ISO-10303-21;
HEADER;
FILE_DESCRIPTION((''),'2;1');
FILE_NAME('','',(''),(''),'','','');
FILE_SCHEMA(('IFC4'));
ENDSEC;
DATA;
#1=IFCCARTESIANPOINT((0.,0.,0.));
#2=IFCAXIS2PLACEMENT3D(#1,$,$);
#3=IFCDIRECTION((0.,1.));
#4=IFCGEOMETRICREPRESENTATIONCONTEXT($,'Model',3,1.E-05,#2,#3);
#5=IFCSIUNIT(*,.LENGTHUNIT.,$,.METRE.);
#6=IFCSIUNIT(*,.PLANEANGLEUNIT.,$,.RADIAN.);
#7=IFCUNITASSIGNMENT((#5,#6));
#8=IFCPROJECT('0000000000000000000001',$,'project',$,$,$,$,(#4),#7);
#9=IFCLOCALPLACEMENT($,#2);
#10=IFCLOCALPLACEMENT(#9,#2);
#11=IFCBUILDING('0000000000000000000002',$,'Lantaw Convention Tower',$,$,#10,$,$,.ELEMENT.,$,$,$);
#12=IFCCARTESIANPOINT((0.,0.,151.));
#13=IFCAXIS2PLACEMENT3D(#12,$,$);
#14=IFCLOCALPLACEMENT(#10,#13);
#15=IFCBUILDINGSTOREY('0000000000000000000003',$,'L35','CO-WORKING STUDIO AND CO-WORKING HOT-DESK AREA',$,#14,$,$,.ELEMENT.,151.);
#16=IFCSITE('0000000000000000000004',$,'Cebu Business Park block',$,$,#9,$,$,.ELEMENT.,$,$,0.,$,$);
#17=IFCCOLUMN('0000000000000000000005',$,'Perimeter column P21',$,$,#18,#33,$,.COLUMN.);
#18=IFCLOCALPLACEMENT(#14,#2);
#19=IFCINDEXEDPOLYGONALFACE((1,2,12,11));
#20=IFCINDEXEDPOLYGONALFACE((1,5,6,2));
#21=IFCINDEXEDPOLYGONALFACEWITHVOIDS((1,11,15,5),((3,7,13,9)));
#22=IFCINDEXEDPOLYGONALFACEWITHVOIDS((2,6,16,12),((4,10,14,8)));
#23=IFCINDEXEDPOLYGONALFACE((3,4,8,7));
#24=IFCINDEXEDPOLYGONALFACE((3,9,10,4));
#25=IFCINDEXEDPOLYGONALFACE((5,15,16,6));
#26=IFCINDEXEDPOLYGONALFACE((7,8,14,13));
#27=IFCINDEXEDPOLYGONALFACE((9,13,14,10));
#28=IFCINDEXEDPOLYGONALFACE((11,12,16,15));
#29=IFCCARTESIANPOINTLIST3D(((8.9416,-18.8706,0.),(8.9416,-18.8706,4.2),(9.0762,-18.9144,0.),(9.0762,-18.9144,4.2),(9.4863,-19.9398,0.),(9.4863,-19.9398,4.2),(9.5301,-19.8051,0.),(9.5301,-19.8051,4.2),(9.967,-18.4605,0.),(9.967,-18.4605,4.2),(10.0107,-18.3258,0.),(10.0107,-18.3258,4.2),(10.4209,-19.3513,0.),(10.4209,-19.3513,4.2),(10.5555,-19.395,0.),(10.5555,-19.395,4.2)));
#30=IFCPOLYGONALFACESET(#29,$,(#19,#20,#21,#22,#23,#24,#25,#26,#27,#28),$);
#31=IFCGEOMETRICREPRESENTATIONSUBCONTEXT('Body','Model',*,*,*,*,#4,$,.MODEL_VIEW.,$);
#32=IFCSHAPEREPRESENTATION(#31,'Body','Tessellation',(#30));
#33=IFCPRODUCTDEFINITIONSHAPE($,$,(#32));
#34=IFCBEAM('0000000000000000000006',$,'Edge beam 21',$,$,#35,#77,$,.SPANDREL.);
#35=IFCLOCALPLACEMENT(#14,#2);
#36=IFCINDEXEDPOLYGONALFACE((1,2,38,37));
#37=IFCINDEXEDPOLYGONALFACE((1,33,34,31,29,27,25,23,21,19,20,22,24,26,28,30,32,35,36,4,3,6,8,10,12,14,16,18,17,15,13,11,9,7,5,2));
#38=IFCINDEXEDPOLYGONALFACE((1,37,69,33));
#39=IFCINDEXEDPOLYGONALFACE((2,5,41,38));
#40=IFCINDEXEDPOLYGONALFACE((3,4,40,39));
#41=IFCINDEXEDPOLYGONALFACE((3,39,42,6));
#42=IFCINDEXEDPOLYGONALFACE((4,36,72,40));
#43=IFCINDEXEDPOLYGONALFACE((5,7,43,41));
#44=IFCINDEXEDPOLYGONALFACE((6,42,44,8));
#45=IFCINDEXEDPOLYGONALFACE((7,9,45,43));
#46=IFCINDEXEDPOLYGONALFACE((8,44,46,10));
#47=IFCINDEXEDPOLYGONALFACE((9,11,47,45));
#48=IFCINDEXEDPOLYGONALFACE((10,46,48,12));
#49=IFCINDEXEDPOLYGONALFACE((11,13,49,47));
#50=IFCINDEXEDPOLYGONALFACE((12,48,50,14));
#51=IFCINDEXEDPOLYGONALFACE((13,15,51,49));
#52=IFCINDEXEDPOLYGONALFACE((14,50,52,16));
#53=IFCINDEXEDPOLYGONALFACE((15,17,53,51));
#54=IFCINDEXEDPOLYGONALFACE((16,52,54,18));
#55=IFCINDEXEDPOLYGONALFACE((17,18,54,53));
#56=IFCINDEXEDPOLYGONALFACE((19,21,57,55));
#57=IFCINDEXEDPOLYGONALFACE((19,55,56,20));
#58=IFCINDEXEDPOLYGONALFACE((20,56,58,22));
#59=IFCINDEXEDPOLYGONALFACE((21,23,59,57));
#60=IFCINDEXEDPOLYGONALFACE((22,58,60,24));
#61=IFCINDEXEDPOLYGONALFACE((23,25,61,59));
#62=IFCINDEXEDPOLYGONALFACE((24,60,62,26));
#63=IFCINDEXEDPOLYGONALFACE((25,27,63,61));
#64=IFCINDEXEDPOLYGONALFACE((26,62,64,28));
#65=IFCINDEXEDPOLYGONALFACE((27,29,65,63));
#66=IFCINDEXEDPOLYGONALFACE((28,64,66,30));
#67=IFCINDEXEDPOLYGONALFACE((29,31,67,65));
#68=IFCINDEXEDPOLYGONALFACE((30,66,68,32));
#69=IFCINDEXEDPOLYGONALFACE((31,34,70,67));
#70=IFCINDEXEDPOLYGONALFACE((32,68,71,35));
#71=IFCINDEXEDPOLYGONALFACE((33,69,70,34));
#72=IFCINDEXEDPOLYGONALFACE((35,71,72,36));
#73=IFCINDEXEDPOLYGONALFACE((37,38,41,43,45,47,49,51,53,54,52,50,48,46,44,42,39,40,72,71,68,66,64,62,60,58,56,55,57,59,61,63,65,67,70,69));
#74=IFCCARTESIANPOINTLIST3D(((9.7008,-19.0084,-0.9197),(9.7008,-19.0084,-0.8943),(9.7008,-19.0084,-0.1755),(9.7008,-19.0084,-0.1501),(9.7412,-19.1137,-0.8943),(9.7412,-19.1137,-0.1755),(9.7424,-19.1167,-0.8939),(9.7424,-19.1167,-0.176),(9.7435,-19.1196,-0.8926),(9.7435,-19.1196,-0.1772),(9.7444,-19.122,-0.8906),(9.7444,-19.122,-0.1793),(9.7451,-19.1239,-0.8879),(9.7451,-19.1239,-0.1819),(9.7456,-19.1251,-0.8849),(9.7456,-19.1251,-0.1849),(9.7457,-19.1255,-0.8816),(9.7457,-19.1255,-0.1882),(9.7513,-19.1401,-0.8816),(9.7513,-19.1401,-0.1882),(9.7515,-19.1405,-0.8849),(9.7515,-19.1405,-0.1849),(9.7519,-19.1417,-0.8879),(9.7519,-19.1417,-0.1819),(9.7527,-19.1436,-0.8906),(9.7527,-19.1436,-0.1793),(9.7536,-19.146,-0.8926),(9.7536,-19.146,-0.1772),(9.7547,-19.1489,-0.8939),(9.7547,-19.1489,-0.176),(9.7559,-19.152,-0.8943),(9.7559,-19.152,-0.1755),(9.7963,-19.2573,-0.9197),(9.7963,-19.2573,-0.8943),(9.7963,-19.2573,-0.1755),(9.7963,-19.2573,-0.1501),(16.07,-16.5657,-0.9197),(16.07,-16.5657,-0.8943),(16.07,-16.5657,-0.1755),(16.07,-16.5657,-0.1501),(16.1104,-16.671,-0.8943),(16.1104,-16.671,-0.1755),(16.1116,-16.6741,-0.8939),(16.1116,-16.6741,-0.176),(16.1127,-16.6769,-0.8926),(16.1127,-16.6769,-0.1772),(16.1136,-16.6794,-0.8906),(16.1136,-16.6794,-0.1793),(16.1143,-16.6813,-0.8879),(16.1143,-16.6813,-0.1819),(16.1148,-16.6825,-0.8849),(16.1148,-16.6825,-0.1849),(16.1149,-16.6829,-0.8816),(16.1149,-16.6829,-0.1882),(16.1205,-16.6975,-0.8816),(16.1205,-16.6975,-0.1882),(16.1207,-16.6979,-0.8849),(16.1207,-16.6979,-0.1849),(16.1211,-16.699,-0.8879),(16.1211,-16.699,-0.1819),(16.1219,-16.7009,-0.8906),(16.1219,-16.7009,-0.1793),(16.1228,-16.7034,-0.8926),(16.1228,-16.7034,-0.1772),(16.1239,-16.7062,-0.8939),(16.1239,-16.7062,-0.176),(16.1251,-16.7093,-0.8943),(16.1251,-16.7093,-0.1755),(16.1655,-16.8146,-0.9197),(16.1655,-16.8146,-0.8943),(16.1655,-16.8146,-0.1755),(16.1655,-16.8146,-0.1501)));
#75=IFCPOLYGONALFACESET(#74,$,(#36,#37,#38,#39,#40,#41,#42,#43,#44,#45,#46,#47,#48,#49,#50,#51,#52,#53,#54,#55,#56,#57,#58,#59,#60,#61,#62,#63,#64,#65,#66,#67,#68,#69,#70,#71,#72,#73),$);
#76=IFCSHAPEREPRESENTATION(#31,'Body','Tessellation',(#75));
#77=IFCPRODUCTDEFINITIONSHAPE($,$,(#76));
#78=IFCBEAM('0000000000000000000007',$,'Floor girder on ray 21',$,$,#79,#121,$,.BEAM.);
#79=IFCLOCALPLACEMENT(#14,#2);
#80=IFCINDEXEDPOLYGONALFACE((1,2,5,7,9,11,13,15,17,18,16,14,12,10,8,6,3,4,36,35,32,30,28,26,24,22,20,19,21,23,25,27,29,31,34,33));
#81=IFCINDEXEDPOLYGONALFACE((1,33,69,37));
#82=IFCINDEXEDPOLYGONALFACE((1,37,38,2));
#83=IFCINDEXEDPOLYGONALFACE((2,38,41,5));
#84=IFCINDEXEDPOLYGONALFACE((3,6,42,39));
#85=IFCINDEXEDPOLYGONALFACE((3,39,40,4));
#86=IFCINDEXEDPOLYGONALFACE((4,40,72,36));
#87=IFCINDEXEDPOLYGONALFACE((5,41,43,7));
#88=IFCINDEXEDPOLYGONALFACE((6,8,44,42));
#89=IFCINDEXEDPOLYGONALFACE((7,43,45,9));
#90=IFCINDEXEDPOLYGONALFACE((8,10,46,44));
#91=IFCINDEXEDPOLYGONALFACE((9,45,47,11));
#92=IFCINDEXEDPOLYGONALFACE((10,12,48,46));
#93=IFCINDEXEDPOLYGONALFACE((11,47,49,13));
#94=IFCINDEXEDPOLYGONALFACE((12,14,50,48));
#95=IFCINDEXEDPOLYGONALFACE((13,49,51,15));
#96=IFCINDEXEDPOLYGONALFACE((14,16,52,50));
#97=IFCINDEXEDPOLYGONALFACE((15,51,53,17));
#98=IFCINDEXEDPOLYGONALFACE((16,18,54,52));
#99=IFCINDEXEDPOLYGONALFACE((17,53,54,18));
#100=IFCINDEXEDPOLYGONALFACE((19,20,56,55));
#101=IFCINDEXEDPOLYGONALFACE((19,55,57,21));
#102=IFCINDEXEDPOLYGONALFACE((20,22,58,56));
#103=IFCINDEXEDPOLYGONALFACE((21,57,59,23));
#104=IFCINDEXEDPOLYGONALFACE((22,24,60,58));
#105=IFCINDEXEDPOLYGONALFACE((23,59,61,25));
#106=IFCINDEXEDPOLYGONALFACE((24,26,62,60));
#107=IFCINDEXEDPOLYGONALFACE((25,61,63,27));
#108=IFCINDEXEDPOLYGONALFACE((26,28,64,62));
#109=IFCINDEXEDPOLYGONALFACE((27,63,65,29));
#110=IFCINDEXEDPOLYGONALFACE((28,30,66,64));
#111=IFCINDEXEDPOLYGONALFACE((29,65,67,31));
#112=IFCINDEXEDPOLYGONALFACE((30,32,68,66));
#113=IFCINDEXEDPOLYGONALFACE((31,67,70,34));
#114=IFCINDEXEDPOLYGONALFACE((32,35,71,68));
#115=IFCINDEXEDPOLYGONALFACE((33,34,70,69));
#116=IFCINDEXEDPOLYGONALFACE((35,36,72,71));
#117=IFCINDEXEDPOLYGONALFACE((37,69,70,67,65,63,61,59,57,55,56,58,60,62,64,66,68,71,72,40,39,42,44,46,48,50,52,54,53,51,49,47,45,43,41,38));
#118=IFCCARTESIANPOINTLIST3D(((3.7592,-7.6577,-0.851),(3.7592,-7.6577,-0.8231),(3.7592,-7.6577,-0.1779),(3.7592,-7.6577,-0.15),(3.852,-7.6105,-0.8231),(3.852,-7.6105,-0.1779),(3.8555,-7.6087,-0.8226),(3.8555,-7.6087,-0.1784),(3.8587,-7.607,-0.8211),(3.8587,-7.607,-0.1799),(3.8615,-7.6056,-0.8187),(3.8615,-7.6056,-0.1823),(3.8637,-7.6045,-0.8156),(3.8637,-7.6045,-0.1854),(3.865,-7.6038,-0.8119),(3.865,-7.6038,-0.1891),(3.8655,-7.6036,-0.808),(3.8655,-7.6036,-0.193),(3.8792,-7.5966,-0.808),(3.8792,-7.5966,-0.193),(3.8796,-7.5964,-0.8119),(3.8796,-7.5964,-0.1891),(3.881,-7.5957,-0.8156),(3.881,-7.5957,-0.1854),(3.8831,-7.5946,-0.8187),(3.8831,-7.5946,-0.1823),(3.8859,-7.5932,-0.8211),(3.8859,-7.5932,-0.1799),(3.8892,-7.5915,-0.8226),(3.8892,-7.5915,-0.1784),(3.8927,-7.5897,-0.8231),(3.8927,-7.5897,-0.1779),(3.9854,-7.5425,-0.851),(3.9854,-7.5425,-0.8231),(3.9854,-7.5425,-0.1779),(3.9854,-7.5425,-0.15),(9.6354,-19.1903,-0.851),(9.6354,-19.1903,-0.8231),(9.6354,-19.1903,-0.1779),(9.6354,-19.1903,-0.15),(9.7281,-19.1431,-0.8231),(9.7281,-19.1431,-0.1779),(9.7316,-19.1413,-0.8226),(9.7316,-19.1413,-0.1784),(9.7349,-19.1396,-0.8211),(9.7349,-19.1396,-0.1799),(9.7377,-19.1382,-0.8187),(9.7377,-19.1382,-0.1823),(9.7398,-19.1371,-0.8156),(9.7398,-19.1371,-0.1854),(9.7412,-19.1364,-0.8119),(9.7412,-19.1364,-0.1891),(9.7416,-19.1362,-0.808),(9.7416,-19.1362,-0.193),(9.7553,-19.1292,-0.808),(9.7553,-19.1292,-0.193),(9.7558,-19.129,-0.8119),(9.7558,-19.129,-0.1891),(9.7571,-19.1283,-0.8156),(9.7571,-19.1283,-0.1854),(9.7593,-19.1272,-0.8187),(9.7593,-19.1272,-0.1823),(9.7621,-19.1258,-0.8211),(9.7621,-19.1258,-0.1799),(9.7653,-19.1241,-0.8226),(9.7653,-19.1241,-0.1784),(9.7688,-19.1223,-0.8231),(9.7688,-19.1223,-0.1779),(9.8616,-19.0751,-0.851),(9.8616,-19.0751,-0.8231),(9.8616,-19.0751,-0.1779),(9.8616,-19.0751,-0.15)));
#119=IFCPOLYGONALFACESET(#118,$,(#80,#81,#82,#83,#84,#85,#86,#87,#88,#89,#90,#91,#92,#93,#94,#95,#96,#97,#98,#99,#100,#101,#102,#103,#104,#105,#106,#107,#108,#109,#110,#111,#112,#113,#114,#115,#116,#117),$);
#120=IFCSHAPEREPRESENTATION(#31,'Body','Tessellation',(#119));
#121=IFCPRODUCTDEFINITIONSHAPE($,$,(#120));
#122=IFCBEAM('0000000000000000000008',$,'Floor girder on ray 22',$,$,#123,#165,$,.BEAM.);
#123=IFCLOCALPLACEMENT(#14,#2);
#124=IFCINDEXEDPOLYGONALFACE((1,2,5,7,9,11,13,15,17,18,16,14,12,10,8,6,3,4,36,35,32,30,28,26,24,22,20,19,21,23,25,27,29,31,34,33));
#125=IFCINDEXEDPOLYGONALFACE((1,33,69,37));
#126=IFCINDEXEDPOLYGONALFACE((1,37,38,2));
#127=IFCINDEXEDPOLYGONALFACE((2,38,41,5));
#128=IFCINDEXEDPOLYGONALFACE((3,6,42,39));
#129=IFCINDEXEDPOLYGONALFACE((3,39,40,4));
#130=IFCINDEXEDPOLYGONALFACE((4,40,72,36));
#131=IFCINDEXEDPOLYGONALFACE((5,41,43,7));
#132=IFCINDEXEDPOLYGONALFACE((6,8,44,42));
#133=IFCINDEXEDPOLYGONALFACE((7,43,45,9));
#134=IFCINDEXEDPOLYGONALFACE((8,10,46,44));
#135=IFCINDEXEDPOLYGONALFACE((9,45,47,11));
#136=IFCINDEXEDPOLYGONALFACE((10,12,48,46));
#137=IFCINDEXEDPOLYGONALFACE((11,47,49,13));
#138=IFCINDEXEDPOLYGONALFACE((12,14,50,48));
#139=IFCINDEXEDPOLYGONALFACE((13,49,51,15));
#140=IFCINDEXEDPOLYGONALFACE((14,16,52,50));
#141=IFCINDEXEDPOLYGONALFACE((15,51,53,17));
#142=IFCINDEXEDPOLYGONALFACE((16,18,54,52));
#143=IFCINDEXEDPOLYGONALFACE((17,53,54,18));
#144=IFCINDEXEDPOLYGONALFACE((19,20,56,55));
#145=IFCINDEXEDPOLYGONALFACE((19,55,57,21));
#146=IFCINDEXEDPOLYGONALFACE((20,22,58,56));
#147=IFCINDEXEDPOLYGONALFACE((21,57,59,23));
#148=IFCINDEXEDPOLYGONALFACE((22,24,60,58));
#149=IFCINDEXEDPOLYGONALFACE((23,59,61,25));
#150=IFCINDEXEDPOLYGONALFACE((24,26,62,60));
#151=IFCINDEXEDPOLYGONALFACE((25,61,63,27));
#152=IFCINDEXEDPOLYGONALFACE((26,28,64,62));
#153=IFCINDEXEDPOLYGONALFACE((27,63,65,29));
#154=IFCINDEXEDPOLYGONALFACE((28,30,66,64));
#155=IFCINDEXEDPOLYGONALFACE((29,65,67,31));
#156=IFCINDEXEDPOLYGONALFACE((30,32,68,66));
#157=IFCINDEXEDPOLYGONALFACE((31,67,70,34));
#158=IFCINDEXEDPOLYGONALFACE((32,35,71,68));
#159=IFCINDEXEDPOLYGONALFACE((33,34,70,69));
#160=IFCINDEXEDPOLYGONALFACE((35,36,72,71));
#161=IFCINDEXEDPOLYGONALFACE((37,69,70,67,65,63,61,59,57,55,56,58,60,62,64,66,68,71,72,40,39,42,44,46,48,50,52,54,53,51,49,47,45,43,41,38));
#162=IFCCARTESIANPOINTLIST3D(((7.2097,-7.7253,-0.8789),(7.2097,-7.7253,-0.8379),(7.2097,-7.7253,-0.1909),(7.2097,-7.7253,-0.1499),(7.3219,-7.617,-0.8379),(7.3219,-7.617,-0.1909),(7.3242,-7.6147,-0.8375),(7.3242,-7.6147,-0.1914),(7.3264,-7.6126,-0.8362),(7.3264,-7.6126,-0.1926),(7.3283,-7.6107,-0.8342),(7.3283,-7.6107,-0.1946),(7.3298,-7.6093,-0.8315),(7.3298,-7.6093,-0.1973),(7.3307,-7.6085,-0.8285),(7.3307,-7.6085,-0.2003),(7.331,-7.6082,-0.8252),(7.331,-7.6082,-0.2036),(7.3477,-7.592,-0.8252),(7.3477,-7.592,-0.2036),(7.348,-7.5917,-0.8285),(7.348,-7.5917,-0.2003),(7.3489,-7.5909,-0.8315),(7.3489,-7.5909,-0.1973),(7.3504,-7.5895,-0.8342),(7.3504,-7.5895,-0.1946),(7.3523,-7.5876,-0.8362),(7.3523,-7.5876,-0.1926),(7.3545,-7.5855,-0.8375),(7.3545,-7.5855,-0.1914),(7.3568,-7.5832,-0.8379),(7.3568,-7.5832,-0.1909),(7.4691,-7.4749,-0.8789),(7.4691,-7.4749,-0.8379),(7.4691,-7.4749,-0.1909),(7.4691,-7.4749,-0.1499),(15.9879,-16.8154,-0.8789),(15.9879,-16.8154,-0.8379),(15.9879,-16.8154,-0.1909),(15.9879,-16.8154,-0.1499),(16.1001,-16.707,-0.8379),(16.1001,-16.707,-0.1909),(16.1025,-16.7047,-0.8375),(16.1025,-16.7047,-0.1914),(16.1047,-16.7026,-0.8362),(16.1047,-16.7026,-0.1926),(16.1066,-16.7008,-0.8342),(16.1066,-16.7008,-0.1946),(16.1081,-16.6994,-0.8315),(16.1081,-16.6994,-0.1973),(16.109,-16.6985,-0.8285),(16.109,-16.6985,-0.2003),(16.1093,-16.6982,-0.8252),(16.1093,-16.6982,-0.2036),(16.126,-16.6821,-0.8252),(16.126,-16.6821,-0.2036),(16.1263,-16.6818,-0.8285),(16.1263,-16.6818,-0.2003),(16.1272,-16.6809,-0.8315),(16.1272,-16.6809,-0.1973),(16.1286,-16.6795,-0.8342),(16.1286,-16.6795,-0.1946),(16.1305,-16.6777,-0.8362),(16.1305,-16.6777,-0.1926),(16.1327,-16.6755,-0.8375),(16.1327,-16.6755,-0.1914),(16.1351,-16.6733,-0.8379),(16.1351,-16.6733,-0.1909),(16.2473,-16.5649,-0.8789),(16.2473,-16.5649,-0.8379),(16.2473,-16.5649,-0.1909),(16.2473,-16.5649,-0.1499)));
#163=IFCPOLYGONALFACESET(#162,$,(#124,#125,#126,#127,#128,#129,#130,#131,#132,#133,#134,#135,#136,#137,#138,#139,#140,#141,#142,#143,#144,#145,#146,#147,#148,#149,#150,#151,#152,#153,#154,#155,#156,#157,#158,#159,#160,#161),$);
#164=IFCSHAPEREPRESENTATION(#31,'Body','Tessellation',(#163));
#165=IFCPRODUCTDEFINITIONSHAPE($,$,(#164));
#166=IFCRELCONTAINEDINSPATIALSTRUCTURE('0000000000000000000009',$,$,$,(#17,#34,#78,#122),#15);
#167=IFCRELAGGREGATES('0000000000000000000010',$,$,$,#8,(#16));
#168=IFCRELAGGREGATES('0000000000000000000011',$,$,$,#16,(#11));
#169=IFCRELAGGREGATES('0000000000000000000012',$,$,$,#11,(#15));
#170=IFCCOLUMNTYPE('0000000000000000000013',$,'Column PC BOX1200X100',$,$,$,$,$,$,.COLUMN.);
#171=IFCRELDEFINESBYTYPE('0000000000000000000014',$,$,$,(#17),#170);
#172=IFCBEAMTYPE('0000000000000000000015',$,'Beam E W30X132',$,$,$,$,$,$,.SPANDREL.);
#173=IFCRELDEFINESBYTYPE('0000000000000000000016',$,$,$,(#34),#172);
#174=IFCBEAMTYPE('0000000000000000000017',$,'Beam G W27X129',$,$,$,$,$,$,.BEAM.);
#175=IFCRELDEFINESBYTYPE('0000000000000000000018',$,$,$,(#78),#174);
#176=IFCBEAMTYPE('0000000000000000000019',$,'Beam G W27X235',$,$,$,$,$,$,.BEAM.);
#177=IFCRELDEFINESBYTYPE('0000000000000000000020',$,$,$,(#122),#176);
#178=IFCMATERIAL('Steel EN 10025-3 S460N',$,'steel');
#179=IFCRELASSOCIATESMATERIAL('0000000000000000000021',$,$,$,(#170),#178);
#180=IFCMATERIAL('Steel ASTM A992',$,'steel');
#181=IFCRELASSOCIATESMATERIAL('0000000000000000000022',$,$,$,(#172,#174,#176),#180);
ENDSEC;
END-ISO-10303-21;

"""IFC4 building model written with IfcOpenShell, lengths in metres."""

from ifc_helpers import new_model, si_unit, direction, frame, origin, origin_2d, place, context, subcontext, project, spatial, rectangle, hollow_rectangle, i_section, extrude, material, material_profile, profile_set, type_object, element, save


model = new_model("IFC4")

# Units and contexts
model_context = context("Model", 3, precision=1e-05, world=origin(), true_north=direction((0.0, 1.0)))
body_context = subcontext(model_context, "Body", "Model", "MODEL_VIEW")
ifc_project = project(units=[si_unit("LENGTHUNIT", "METRE"), si_unit("PLANEANGLEUNIT", "RADIAN")], contexts=[model_context])

# Site, building, storey
site_placement = place(None, origin())
site = spatial("IfcSite", under=ifc_project, at=site_placement, Name="Cebu Business Park block", CompositionType="ELEMENT", RefElevation=0.0)
building_placement = place(site_placement, origin())
building = spatial("IfcBuilding", under=site, at=building_placement, Name="Lantaw Convention Tower", CompositionType="ELEMENT")
storey_placement = place(building_placement, frame((0.0, 0.0, 151.0)))
storey = spatial("IfcBuildingStorey", under=building, at=storey_placement, Name="L35", Description="CO-WORKING STUDIO AND CO-WORKING HOT-DESK AREA", CompositionType="ELEMENT", Elevation=151.0)

# Column
ifc_material_1 = material(Name="Steel EN 10025-3 S460N", Category="steel")
ifc_material_profile_1 = material_profile(ifc_material_1, hollow_rectangle(XDim=1.2, YDim=1.2, WallThickness=0.1001, at=origin_2d()), Name="BOX1200X100")
ifc_material_2 = material(Name="Concrete C60/75", Category="concrete")
ifc_material_profile_2 = material_profile(ifc_material_2, rectangle(XDim=1.0, YDim=1.0, at=origin_2d()), Name="Concrete fill of BOX1200X100")
ifc_profile_set_1 = profile_set([ifc_material_profile_1, ifc_material_profile_2], Name="Steel EN 10025-3 S460N")
column_type = type_object("IfcColumnType", Name="Column PC BOX1200X100", PredefinedType="COLUMN", material=ifc_profile_set_1)
column_placement = place(storey_placement, frame((9.7485, -19.1328, 0.0), z_axis=(0.0, 0.0, 1.0), x_axis=(0.891007, 0.45399, 0.0)))
element("IfcColumn", 1, at=column_placement, inside=storey, type_object=column_type, Name="Perimeter column P21", PredefinedType="COLUMN", context=body_context, shape_type="SweptSolid", body=[
    extrude(hollow_rectangle(XDim=1.2, YDim=1.2, WallThickness=0.1001, at=origin_2d()), origin(), (0.0, 0.0, 1.0), 4.2),
])

# Beams
ifc_material_3 = material(Name="Steel ASTM A992", Category="steel")
ifc_material_profile_3 = material_profile(ifc_material_3, i_section(OverallWidth=0.2666, OverallDepth=0.7695, WebThickness=0.0156, FlangeThickness=0.0254, FilletRadius=0.0127, at=origin_2d()), Name="W30X132")
ifc_profile_set_2 = profile_set([ifc_material_profile_3], Name="Steel ASTM A992")
beam_type_1 = type_object("IfcBeamType", Name="Beam E W30X132", PredefinedType="SPANDREL", material=ifc_profile_set_2)
beam_1_placement = place(storey_placement, frame((9.7485, -19.1328, -0.5349), z_axis=(0.933691, 0.35808, 0.0), x_axis=(-0.35808, 0.933691, 0.0)))
element("IfcBeam", 2, at=beam_1_placement, inside=storey, type_object=beam_type_1, Name="Edge beam 21", PredefinedType="SPANDREL", context=body_context, shape_type="SweptSolid", body=[
    extrude(i_section(OverallWidth=0.2666, OverallDepth=0.7695, WebThickness=0.0156, FlangeThickness=0.0254, FilletRadius=0.0127, at=origin_2d()), origin(), (0.0, 0.0, 1.0), 6.8215),
])
ifc_material_profile_4 = material_profile(ifc_material_3, i_section(OverallWidth=0.2539, OverallDepth=0.7009, WebThickness=0.0154, FlangeThickness=0.0278, FilletRadius=0.0151, at=origin_2d()), Name="W27X129")
ifc_profile_set_3 = profile_set([ifc_material_profile_4], Name="Steel ASTM A992")
beam_type_2 = type_object("IfcBeamType", Name="Beam G W27X129", PredefinedType="BEAM", material=ifc_profile_set_3)
beam_2_placement = place(storey_placement, frame((3.8723, -7.6001, -0.5005), z_axis=(0.453991, -0.891006, 0.0), x_axis=(0.891006, 0.453991, 0.0)))
element("IfcBeam", 3, at=beam_2_placement, inside=storey, type_object=beam_type_2, Name="Floor girder on ray 21", PredefinedType="BEAM", context=body_context, shape_type="SweptSolid", body=[
    extrude(i_section(OverallWidth=0.2539, OverallDepth=0.7009, WebThickness=0.0154, FlangeThickness=0.0278, FilletRadius=0.0151, at=origin_2d()), origin(), (0.0, 0.0, 1.0), 12.9434),
])
ifc_material_profile_5 = material_profile(ifc_material_3, i_section(OverallWidth=0.3606, OverallDepth=0.729, WebThickness=0.0232, FlangeThickness=0.041, FilletRadius=0.0127, at=origin_2d()), Name="W27X235")
ifc_profile_set_4 = profile_set([ifc_material_profile_5], Name="Steel ASTM A992")
beam_type_3 = type_object("IfcBeamType", Name="Beam G W27X235", PredefinedType="BEAM", material=ifc_profile_set_4)
beam_3_placement = place(storey_placement, frame((7.3394, -7.6001, -0.5144), z_axis=(0.694663, -0.719335, 0.0), x_axis=(0.719335, 0.694663, 0.0)))
element("IfcBeam", 4, at=beam_3_placement, inside=storey, type_object=beam_type_3, Name="Floor girder on ray 22", PredefinedType="BEAM", context=body_context, shape_type="SweptSolid", body=[
    extrude(i_section(OverallWidth=0.3606, OverallDepth=0.729, WebThickness=0.0232, FlangeThickness=0.041, FilletRadius=0.0127, at=origin_2d()), origin(), (0.0, 0.0, 1.0), 12.6367),
])

save(model, "model.ifc")
